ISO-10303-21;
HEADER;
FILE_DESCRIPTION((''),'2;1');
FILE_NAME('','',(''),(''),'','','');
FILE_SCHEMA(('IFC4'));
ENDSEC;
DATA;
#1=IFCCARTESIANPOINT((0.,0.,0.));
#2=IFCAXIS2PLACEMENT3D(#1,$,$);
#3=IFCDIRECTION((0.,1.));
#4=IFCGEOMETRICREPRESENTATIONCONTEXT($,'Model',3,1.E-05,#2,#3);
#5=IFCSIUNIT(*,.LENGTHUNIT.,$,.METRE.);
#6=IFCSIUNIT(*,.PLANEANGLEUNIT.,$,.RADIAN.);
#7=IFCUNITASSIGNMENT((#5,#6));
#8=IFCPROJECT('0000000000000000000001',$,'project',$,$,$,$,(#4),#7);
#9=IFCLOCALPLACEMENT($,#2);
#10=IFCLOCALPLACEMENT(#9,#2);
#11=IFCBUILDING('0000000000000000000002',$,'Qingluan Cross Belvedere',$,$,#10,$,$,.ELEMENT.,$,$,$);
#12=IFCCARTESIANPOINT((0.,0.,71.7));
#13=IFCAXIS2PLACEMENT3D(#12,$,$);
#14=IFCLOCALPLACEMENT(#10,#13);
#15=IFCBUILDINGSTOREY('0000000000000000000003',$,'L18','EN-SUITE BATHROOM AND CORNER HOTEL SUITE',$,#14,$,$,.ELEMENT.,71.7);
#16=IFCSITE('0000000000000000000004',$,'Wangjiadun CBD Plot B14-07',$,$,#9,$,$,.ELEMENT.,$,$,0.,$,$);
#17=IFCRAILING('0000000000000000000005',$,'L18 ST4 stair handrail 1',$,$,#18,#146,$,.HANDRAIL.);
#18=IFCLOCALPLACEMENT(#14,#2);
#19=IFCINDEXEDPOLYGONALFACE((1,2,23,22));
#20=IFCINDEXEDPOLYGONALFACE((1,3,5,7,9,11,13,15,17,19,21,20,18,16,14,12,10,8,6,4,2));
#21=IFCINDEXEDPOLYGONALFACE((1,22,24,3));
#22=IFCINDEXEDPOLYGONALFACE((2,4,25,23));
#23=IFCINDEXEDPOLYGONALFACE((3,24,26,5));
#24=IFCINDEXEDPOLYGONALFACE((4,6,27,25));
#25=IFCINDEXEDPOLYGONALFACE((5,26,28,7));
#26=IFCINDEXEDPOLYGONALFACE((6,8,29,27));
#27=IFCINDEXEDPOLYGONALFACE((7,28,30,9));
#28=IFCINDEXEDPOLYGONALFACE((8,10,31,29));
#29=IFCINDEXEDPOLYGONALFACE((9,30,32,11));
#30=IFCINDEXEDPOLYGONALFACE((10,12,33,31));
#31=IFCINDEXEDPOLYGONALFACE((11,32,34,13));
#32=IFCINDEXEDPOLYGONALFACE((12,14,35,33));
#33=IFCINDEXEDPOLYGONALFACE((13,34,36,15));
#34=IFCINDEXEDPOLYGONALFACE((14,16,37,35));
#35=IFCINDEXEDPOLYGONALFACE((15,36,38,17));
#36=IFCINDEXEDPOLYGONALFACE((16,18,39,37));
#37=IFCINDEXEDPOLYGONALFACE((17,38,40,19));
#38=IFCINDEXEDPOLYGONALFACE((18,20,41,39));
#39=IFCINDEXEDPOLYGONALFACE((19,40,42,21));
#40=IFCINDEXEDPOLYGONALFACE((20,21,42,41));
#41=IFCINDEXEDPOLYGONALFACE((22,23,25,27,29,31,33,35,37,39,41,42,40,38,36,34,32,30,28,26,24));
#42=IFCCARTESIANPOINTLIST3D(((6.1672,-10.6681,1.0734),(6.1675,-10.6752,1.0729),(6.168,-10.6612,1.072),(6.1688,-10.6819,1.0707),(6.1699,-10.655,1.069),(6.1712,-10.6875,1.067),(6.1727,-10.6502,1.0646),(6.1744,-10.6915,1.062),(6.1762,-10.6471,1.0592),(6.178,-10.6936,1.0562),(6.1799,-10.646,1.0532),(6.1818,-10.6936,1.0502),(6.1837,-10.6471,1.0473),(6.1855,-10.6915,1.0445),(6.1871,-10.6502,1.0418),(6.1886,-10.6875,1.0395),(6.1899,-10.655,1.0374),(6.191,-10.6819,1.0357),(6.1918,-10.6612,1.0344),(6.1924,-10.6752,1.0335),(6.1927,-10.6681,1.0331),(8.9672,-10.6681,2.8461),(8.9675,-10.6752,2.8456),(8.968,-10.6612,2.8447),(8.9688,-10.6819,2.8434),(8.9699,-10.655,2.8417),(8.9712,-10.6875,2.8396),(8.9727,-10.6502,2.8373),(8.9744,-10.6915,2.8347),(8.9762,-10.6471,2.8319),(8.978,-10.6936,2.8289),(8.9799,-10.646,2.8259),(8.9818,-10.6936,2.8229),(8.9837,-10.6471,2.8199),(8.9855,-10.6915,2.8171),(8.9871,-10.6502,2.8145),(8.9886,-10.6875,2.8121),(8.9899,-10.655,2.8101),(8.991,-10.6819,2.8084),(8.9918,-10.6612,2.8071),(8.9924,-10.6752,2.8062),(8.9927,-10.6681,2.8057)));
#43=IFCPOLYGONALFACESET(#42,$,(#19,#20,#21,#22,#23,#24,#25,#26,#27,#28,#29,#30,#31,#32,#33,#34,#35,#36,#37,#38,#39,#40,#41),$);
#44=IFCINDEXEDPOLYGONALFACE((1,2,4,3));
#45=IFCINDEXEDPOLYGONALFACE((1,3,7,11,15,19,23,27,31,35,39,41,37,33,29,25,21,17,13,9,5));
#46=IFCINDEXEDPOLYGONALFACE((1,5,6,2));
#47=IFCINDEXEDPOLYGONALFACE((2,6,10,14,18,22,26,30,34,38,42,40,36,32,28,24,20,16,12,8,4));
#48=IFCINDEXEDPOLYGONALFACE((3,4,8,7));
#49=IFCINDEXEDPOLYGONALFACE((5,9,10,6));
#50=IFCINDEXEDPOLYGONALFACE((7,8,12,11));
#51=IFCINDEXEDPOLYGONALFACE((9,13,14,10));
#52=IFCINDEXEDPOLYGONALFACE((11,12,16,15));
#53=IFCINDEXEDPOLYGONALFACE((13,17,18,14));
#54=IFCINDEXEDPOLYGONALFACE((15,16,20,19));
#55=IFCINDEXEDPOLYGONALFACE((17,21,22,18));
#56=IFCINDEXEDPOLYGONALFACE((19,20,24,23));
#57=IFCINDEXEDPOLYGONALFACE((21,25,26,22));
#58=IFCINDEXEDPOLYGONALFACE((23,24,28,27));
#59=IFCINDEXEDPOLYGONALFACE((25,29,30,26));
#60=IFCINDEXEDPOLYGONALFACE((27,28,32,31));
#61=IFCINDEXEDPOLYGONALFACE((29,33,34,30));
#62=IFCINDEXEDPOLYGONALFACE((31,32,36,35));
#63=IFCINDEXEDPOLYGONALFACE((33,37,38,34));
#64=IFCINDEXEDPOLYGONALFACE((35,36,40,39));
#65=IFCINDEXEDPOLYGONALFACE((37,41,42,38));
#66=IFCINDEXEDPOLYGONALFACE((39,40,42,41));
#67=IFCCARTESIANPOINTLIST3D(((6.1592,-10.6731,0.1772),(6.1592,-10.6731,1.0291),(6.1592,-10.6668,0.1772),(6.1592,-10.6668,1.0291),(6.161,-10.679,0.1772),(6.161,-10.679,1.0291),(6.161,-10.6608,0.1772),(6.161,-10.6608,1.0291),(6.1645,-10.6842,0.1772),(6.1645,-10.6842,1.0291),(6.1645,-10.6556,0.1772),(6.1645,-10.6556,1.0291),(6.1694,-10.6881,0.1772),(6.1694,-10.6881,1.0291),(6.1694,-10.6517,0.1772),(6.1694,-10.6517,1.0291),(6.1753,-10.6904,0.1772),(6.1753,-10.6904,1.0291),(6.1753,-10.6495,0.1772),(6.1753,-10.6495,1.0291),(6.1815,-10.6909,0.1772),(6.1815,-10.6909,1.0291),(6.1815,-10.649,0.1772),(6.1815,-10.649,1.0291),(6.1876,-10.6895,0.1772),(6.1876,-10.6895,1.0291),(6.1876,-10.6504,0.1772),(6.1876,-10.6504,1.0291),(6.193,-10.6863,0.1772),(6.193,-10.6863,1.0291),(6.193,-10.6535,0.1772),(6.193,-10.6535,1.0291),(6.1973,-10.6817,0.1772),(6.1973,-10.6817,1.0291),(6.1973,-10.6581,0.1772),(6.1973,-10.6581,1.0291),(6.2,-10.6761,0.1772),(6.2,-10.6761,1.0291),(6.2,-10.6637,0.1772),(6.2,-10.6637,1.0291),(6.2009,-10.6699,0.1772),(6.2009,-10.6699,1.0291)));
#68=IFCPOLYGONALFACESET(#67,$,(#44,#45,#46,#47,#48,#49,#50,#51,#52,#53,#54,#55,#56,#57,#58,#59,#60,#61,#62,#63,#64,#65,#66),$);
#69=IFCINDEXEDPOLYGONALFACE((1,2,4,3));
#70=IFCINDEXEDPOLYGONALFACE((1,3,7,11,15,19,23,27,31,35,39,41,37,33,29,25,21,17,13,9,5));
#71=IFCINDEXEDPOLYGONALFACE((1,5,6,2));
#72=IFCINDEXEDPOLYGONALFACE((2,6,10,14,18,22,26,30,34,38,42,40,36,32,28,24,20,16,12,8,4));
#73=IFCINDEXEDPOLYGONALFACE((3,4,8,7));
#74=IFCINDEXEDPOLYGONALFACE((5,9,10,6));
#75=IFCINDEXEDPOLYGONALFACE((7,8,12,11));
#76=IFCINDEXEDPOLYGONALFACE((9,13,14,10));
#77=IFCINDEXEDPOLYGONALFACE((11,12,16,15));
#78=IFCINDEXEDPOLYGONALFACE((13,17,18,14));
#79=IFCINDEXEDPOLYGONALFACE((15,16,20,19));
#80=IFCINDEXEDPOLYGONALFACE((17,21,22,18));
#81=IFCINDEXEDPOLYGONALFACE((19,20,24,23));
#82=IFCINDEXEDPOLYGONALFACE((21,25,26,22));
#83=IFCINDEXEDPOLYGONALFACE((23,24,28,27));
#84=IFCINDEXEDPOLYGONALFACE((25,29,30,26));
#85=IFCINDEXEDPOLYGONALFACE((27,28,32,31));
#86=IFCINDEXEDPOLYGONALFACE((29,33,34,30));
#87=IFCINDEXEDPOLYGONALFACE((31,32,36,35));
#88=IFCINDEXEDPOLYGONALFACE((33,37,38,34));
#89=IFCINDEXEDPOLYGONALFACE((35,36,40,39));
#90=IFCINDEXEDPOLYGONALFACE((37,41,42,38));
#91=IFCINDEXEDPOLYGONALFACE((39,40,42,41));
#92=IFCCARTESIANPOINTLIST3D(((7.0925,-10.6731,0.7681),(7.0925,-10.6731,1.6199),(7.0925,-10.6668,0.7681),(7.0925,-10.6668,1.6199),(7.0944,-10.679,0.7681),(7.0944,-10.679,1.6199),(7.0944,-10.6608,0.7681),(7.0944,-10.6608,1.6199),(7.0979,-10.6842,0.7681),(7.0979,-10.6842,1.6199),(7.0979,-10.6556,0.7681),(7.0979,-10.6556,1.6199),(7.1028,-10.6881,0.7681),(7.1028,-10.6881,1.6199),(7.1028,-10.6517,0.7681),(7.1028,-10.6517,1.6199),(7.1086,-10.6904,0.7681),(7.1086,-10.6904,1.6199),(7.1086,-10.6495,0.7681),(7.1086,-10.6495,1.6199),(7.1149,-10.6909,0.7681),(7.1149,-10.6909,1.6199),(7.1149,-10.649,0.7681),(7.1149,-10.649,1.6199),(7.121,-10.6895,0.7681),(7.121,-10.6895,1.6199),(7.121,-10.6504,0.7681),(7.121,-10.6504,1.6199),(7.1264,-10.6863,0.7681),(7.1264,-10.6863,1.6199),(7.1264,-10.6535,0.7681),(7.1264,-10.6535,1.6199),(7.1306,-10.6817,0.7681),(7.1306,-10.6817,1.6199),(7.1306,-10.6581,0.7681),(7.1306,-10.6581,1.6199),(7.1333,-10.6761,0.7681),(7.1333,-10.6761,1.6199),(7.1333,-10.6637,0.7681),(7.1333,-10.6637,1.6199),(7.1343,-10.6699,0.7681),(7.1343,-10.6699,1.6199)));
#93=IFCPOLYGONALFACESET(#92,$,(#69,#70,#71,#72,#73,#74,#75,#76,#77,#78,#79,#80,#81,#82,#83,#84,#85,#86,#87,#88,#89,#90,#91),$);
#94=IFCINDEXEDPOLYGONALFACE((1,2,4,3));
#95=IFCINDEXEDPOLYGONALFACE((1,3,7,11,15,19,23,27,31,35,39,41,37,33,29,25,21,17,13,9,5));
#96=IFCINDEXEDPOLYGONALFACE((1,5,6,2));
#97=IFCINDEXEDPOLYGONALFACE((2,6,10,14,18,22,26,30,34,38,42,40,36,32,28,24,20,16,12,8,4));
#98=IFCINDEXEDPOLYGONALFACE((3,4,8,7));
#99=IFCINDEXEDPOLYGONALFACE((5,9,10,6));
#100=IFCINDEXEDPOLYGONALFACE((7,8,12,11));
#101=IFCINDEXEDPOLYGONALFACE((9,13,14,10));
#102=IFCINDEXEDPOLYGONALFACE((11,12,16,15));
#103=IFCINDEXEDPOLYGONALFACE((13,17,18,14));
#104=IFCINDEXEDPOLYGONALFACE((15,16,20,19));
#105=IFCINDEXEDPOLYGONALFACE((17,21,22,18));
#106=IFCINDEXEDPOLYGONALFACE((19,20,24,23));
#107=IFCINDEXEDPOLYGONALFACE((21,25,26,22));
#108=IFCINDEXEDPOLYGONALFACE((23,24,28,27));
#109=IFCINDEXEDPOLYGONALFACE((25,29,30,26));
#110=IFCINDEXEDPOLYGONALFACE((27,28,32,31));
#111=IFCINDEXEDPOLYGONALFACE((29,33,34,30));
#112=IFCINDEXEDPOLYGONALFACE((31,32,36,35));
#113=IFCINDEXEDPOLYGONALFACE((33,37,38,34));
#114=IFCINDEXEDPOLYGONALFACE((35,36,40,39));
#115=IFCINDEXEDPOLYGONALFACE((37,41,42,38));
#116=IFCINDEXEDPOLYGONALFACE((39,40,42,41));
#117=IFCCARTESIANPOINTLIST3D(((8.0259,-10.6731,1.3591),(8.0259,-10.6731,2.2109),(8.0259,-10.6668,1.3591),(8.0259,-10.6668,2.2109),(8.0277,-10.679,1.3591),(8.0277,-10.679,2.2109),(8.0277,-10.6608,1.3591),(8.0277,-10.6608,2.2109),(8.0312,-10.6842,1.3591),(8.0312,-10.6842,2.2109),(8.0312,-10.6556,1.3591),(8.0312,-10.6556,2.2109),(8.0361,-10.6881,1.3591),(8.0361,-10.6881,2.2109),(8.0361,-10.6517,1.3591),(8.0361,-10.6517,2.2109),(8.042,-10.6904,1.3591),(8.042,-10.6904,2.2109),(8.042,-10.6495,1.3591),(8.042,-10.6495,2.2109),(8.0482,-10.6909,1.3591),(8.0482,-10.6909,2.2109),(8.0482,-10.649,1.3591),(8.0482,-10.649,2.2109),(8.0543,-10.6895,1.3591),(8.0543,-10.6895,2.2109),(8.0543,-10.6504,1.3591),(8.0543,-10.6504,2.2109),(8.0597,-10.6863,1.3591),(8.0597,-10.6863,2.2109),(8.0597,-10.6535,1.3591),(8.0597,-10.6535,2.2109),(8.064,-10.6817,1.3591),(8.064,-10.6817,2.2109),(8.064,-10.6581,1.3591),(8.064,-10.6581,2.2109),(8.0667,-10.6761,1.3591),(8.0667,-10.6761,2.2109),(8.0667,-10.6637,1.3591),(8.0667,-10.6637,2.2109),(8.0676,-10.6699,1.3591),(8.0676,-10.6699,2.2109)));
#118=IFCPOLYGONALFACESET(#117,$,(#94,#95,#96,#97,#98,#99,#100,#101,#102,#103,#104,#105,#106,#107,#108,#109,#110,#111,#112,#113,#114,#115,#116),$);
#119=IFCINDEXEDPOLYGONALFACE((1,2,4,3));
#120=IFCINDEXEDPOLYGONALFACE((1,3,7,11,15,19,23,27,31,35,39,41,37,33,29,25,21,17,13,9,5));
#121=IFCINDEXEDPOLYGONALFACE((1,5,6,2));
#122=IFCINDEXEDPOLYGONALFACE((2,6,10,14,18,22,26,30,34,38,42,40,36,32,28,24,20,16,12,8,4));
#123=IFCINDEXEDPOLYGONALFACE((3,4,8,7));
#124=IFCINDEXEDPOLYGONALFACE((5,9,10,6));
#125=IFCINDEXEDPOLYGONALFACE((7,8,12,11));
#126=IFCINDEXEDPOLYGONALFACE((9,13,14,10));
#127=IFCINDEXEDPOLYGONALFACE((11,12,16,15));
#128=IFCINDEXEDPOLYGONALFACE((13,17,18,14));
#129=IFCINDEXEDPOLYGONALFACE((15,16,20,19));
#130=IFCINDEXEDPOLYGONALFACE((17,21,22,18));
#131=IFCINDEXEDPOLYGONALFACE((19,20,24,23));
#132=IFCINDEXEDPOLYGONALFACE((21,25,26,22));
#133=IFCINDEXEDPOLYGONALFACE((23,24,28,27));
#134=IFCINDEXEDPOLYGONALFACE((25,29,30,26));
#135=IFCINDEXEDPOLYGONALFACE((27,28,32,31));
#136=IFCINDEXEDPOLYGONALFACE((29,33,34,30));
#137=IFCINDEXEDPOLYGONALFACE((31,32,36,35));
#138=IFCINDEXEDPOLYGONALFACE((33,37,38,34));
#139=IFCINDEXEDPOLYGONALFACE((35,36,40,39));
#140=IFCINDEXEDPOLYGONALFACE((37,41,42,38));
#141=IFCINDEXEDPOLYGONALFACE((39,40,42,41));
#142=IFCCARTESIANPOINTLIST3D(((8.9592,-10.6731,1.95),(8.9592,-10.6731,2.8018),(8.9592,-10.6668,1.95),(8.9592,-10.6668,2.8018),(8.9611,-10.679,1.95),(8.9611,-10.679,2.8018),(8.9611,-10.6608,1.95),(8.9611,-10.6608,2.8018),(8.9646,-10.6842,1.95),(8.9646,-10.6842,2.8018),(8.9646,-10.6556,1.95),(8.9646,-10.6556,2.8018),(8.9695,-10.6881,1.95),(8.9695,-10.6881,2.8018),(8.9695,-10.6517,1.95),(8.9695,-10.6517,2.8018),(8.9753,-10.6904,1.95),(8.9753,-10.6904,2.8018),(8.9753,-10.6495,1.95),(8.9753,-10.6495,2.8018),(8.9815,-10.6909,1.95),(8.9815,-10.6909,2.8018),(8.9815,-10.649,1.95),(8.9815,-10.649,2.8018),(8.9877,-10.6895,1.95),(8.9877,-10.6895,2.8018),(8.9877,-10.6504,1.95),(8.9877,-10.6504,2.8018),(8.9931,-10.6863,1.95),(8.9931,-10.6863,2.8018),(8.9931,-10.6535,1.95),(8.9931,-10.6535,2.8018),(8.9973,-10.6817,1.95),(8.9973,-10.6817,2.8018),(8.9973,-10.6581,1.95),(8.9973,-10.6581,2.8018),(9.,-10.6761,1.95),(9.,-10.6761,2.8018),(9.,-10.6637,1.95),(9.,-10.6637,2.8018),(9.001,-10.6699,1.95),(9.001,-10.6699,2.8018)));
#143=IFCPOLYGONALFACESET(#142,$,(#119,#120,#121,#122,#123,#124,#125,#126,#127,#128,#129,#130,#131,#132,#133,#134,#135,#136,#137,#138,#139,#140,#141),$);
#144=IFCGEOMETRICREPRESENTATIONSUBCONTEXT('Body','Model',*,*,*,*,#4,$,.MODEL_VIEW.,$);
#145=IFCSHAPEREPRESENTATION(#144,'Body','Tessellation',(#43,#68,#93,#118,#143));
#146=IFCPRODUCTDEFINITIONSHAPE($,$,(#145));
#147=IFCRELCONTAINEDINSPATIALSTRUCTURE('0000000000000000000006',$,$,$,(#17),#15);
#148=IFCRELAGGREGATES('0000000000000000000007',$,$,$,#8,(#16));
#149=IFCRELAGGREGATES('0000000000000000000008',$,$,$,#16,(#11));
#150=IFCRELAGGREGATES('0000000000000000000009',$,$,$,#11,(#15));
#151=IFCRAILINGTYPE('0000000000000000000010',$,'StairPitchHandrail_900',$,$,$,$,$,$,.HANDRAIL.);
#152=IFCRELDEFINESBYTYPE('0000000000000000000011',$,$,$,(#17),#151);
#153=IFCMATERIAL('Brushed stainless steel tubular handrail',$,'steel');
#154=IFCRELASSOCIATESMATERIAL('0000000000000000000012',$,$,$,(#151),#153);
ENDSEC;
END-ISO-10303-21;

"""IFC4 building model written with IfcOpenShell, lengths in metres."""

from ifc_helpers import new_model, si_unit, direction, frame, origin, origin_2d, place, context, subcontext, project, spatial, circle, extrude, material, type_object, element, save


model = new_model("IFC4")

# Units and contexts
model_context = context("Model", 3, precision=1e-05, world=origin(), true_north=direction((0.0, 1.0)))
body_context = subcontext(model_context, "Body", "Model", "MODEL_VIEW")
ifc_project = project(units=[si_unit("LENGTHUNIT", "METRE"), si_unit("PLANEANGLEUNIT", "RADIAN")], contexts=[model_context])

# Site, building, storey
site_placement = place(None, origin())
site = spatial("IfcSite", under=ifc_project, at=site_placement, Name="Wangjiadun CBD Plot B14-07", CompositionType="ELEMENT", RefElevation=0.0)
building_placement = place(site_placement, origin())
building = spatial("IfcBuilding", under=site, at=building_placement, Name="Qingluan Cross Belvedere", CompositionType="ELEMENT")
storey_placement = place(building_placement, frame((0.0, 0.0, 71.7)))
storey = spatial("IfcBuildingStorey", under=building, at=storey_placement, Name="L18", Description="EN-SUITE BATHROOM AND CORNER HOTEL SUITE", CompositionType="ELEMENT", Elevation=71.7)

# Railing
ifc_material_1 = material(Name="Brushed stainless steel tubular handrail", Category="steel")
railing_type_1 = type_object("IfcRailingType", Name="StairPitchHandrail_900", PredefinedType="HANDRAIL", material=ifc_material_1)
railing_1_placement = place(storey_placement, frame((6.1799, -10.6699, 0.1772)))
element("IfcRailing", 1, at=railing_1_placement, inside=storey, type_object=railing_type_1, Name="L18 ST4 stair handrail 1", PredefinedType="HANDRAIL", context=body_context, shape_type="SweptSolid", body=[
    extrude(circle(Radius=0.0239, at=origin_2d()), frame((0.0, 0.0, 0.876), z_axis=(0.844909, 0.0, 0.53491), x_axis=(0.0, 1.0, 0.0)), (0.0, 0.0, 1.0), 3.314),
    extrude(circle(Radius=0.021, at=origin_2d()), origin(), (0.0, 0.0, 1.0), 0.8518),
    extrude(circle(Radius=0.021, at=origin_2d()), frame((0.9333, 0.0, 0.5908)), (0.0, 0.0, 1.0), 0.8518),
    extrude(circle(Radius=0.021, at=origin_2d()), frame((1.8667, 0.0, 1.1819)), (0.0, 0.0, 1.0), 0.8518),
    extrude(circle(Radius=0.021, at=origin_2d()), frame((2.8, 0.0, 1.7727)), (0.0, 0.0, 1.0), 0.8518),
])

save(model, "model.ifc")
